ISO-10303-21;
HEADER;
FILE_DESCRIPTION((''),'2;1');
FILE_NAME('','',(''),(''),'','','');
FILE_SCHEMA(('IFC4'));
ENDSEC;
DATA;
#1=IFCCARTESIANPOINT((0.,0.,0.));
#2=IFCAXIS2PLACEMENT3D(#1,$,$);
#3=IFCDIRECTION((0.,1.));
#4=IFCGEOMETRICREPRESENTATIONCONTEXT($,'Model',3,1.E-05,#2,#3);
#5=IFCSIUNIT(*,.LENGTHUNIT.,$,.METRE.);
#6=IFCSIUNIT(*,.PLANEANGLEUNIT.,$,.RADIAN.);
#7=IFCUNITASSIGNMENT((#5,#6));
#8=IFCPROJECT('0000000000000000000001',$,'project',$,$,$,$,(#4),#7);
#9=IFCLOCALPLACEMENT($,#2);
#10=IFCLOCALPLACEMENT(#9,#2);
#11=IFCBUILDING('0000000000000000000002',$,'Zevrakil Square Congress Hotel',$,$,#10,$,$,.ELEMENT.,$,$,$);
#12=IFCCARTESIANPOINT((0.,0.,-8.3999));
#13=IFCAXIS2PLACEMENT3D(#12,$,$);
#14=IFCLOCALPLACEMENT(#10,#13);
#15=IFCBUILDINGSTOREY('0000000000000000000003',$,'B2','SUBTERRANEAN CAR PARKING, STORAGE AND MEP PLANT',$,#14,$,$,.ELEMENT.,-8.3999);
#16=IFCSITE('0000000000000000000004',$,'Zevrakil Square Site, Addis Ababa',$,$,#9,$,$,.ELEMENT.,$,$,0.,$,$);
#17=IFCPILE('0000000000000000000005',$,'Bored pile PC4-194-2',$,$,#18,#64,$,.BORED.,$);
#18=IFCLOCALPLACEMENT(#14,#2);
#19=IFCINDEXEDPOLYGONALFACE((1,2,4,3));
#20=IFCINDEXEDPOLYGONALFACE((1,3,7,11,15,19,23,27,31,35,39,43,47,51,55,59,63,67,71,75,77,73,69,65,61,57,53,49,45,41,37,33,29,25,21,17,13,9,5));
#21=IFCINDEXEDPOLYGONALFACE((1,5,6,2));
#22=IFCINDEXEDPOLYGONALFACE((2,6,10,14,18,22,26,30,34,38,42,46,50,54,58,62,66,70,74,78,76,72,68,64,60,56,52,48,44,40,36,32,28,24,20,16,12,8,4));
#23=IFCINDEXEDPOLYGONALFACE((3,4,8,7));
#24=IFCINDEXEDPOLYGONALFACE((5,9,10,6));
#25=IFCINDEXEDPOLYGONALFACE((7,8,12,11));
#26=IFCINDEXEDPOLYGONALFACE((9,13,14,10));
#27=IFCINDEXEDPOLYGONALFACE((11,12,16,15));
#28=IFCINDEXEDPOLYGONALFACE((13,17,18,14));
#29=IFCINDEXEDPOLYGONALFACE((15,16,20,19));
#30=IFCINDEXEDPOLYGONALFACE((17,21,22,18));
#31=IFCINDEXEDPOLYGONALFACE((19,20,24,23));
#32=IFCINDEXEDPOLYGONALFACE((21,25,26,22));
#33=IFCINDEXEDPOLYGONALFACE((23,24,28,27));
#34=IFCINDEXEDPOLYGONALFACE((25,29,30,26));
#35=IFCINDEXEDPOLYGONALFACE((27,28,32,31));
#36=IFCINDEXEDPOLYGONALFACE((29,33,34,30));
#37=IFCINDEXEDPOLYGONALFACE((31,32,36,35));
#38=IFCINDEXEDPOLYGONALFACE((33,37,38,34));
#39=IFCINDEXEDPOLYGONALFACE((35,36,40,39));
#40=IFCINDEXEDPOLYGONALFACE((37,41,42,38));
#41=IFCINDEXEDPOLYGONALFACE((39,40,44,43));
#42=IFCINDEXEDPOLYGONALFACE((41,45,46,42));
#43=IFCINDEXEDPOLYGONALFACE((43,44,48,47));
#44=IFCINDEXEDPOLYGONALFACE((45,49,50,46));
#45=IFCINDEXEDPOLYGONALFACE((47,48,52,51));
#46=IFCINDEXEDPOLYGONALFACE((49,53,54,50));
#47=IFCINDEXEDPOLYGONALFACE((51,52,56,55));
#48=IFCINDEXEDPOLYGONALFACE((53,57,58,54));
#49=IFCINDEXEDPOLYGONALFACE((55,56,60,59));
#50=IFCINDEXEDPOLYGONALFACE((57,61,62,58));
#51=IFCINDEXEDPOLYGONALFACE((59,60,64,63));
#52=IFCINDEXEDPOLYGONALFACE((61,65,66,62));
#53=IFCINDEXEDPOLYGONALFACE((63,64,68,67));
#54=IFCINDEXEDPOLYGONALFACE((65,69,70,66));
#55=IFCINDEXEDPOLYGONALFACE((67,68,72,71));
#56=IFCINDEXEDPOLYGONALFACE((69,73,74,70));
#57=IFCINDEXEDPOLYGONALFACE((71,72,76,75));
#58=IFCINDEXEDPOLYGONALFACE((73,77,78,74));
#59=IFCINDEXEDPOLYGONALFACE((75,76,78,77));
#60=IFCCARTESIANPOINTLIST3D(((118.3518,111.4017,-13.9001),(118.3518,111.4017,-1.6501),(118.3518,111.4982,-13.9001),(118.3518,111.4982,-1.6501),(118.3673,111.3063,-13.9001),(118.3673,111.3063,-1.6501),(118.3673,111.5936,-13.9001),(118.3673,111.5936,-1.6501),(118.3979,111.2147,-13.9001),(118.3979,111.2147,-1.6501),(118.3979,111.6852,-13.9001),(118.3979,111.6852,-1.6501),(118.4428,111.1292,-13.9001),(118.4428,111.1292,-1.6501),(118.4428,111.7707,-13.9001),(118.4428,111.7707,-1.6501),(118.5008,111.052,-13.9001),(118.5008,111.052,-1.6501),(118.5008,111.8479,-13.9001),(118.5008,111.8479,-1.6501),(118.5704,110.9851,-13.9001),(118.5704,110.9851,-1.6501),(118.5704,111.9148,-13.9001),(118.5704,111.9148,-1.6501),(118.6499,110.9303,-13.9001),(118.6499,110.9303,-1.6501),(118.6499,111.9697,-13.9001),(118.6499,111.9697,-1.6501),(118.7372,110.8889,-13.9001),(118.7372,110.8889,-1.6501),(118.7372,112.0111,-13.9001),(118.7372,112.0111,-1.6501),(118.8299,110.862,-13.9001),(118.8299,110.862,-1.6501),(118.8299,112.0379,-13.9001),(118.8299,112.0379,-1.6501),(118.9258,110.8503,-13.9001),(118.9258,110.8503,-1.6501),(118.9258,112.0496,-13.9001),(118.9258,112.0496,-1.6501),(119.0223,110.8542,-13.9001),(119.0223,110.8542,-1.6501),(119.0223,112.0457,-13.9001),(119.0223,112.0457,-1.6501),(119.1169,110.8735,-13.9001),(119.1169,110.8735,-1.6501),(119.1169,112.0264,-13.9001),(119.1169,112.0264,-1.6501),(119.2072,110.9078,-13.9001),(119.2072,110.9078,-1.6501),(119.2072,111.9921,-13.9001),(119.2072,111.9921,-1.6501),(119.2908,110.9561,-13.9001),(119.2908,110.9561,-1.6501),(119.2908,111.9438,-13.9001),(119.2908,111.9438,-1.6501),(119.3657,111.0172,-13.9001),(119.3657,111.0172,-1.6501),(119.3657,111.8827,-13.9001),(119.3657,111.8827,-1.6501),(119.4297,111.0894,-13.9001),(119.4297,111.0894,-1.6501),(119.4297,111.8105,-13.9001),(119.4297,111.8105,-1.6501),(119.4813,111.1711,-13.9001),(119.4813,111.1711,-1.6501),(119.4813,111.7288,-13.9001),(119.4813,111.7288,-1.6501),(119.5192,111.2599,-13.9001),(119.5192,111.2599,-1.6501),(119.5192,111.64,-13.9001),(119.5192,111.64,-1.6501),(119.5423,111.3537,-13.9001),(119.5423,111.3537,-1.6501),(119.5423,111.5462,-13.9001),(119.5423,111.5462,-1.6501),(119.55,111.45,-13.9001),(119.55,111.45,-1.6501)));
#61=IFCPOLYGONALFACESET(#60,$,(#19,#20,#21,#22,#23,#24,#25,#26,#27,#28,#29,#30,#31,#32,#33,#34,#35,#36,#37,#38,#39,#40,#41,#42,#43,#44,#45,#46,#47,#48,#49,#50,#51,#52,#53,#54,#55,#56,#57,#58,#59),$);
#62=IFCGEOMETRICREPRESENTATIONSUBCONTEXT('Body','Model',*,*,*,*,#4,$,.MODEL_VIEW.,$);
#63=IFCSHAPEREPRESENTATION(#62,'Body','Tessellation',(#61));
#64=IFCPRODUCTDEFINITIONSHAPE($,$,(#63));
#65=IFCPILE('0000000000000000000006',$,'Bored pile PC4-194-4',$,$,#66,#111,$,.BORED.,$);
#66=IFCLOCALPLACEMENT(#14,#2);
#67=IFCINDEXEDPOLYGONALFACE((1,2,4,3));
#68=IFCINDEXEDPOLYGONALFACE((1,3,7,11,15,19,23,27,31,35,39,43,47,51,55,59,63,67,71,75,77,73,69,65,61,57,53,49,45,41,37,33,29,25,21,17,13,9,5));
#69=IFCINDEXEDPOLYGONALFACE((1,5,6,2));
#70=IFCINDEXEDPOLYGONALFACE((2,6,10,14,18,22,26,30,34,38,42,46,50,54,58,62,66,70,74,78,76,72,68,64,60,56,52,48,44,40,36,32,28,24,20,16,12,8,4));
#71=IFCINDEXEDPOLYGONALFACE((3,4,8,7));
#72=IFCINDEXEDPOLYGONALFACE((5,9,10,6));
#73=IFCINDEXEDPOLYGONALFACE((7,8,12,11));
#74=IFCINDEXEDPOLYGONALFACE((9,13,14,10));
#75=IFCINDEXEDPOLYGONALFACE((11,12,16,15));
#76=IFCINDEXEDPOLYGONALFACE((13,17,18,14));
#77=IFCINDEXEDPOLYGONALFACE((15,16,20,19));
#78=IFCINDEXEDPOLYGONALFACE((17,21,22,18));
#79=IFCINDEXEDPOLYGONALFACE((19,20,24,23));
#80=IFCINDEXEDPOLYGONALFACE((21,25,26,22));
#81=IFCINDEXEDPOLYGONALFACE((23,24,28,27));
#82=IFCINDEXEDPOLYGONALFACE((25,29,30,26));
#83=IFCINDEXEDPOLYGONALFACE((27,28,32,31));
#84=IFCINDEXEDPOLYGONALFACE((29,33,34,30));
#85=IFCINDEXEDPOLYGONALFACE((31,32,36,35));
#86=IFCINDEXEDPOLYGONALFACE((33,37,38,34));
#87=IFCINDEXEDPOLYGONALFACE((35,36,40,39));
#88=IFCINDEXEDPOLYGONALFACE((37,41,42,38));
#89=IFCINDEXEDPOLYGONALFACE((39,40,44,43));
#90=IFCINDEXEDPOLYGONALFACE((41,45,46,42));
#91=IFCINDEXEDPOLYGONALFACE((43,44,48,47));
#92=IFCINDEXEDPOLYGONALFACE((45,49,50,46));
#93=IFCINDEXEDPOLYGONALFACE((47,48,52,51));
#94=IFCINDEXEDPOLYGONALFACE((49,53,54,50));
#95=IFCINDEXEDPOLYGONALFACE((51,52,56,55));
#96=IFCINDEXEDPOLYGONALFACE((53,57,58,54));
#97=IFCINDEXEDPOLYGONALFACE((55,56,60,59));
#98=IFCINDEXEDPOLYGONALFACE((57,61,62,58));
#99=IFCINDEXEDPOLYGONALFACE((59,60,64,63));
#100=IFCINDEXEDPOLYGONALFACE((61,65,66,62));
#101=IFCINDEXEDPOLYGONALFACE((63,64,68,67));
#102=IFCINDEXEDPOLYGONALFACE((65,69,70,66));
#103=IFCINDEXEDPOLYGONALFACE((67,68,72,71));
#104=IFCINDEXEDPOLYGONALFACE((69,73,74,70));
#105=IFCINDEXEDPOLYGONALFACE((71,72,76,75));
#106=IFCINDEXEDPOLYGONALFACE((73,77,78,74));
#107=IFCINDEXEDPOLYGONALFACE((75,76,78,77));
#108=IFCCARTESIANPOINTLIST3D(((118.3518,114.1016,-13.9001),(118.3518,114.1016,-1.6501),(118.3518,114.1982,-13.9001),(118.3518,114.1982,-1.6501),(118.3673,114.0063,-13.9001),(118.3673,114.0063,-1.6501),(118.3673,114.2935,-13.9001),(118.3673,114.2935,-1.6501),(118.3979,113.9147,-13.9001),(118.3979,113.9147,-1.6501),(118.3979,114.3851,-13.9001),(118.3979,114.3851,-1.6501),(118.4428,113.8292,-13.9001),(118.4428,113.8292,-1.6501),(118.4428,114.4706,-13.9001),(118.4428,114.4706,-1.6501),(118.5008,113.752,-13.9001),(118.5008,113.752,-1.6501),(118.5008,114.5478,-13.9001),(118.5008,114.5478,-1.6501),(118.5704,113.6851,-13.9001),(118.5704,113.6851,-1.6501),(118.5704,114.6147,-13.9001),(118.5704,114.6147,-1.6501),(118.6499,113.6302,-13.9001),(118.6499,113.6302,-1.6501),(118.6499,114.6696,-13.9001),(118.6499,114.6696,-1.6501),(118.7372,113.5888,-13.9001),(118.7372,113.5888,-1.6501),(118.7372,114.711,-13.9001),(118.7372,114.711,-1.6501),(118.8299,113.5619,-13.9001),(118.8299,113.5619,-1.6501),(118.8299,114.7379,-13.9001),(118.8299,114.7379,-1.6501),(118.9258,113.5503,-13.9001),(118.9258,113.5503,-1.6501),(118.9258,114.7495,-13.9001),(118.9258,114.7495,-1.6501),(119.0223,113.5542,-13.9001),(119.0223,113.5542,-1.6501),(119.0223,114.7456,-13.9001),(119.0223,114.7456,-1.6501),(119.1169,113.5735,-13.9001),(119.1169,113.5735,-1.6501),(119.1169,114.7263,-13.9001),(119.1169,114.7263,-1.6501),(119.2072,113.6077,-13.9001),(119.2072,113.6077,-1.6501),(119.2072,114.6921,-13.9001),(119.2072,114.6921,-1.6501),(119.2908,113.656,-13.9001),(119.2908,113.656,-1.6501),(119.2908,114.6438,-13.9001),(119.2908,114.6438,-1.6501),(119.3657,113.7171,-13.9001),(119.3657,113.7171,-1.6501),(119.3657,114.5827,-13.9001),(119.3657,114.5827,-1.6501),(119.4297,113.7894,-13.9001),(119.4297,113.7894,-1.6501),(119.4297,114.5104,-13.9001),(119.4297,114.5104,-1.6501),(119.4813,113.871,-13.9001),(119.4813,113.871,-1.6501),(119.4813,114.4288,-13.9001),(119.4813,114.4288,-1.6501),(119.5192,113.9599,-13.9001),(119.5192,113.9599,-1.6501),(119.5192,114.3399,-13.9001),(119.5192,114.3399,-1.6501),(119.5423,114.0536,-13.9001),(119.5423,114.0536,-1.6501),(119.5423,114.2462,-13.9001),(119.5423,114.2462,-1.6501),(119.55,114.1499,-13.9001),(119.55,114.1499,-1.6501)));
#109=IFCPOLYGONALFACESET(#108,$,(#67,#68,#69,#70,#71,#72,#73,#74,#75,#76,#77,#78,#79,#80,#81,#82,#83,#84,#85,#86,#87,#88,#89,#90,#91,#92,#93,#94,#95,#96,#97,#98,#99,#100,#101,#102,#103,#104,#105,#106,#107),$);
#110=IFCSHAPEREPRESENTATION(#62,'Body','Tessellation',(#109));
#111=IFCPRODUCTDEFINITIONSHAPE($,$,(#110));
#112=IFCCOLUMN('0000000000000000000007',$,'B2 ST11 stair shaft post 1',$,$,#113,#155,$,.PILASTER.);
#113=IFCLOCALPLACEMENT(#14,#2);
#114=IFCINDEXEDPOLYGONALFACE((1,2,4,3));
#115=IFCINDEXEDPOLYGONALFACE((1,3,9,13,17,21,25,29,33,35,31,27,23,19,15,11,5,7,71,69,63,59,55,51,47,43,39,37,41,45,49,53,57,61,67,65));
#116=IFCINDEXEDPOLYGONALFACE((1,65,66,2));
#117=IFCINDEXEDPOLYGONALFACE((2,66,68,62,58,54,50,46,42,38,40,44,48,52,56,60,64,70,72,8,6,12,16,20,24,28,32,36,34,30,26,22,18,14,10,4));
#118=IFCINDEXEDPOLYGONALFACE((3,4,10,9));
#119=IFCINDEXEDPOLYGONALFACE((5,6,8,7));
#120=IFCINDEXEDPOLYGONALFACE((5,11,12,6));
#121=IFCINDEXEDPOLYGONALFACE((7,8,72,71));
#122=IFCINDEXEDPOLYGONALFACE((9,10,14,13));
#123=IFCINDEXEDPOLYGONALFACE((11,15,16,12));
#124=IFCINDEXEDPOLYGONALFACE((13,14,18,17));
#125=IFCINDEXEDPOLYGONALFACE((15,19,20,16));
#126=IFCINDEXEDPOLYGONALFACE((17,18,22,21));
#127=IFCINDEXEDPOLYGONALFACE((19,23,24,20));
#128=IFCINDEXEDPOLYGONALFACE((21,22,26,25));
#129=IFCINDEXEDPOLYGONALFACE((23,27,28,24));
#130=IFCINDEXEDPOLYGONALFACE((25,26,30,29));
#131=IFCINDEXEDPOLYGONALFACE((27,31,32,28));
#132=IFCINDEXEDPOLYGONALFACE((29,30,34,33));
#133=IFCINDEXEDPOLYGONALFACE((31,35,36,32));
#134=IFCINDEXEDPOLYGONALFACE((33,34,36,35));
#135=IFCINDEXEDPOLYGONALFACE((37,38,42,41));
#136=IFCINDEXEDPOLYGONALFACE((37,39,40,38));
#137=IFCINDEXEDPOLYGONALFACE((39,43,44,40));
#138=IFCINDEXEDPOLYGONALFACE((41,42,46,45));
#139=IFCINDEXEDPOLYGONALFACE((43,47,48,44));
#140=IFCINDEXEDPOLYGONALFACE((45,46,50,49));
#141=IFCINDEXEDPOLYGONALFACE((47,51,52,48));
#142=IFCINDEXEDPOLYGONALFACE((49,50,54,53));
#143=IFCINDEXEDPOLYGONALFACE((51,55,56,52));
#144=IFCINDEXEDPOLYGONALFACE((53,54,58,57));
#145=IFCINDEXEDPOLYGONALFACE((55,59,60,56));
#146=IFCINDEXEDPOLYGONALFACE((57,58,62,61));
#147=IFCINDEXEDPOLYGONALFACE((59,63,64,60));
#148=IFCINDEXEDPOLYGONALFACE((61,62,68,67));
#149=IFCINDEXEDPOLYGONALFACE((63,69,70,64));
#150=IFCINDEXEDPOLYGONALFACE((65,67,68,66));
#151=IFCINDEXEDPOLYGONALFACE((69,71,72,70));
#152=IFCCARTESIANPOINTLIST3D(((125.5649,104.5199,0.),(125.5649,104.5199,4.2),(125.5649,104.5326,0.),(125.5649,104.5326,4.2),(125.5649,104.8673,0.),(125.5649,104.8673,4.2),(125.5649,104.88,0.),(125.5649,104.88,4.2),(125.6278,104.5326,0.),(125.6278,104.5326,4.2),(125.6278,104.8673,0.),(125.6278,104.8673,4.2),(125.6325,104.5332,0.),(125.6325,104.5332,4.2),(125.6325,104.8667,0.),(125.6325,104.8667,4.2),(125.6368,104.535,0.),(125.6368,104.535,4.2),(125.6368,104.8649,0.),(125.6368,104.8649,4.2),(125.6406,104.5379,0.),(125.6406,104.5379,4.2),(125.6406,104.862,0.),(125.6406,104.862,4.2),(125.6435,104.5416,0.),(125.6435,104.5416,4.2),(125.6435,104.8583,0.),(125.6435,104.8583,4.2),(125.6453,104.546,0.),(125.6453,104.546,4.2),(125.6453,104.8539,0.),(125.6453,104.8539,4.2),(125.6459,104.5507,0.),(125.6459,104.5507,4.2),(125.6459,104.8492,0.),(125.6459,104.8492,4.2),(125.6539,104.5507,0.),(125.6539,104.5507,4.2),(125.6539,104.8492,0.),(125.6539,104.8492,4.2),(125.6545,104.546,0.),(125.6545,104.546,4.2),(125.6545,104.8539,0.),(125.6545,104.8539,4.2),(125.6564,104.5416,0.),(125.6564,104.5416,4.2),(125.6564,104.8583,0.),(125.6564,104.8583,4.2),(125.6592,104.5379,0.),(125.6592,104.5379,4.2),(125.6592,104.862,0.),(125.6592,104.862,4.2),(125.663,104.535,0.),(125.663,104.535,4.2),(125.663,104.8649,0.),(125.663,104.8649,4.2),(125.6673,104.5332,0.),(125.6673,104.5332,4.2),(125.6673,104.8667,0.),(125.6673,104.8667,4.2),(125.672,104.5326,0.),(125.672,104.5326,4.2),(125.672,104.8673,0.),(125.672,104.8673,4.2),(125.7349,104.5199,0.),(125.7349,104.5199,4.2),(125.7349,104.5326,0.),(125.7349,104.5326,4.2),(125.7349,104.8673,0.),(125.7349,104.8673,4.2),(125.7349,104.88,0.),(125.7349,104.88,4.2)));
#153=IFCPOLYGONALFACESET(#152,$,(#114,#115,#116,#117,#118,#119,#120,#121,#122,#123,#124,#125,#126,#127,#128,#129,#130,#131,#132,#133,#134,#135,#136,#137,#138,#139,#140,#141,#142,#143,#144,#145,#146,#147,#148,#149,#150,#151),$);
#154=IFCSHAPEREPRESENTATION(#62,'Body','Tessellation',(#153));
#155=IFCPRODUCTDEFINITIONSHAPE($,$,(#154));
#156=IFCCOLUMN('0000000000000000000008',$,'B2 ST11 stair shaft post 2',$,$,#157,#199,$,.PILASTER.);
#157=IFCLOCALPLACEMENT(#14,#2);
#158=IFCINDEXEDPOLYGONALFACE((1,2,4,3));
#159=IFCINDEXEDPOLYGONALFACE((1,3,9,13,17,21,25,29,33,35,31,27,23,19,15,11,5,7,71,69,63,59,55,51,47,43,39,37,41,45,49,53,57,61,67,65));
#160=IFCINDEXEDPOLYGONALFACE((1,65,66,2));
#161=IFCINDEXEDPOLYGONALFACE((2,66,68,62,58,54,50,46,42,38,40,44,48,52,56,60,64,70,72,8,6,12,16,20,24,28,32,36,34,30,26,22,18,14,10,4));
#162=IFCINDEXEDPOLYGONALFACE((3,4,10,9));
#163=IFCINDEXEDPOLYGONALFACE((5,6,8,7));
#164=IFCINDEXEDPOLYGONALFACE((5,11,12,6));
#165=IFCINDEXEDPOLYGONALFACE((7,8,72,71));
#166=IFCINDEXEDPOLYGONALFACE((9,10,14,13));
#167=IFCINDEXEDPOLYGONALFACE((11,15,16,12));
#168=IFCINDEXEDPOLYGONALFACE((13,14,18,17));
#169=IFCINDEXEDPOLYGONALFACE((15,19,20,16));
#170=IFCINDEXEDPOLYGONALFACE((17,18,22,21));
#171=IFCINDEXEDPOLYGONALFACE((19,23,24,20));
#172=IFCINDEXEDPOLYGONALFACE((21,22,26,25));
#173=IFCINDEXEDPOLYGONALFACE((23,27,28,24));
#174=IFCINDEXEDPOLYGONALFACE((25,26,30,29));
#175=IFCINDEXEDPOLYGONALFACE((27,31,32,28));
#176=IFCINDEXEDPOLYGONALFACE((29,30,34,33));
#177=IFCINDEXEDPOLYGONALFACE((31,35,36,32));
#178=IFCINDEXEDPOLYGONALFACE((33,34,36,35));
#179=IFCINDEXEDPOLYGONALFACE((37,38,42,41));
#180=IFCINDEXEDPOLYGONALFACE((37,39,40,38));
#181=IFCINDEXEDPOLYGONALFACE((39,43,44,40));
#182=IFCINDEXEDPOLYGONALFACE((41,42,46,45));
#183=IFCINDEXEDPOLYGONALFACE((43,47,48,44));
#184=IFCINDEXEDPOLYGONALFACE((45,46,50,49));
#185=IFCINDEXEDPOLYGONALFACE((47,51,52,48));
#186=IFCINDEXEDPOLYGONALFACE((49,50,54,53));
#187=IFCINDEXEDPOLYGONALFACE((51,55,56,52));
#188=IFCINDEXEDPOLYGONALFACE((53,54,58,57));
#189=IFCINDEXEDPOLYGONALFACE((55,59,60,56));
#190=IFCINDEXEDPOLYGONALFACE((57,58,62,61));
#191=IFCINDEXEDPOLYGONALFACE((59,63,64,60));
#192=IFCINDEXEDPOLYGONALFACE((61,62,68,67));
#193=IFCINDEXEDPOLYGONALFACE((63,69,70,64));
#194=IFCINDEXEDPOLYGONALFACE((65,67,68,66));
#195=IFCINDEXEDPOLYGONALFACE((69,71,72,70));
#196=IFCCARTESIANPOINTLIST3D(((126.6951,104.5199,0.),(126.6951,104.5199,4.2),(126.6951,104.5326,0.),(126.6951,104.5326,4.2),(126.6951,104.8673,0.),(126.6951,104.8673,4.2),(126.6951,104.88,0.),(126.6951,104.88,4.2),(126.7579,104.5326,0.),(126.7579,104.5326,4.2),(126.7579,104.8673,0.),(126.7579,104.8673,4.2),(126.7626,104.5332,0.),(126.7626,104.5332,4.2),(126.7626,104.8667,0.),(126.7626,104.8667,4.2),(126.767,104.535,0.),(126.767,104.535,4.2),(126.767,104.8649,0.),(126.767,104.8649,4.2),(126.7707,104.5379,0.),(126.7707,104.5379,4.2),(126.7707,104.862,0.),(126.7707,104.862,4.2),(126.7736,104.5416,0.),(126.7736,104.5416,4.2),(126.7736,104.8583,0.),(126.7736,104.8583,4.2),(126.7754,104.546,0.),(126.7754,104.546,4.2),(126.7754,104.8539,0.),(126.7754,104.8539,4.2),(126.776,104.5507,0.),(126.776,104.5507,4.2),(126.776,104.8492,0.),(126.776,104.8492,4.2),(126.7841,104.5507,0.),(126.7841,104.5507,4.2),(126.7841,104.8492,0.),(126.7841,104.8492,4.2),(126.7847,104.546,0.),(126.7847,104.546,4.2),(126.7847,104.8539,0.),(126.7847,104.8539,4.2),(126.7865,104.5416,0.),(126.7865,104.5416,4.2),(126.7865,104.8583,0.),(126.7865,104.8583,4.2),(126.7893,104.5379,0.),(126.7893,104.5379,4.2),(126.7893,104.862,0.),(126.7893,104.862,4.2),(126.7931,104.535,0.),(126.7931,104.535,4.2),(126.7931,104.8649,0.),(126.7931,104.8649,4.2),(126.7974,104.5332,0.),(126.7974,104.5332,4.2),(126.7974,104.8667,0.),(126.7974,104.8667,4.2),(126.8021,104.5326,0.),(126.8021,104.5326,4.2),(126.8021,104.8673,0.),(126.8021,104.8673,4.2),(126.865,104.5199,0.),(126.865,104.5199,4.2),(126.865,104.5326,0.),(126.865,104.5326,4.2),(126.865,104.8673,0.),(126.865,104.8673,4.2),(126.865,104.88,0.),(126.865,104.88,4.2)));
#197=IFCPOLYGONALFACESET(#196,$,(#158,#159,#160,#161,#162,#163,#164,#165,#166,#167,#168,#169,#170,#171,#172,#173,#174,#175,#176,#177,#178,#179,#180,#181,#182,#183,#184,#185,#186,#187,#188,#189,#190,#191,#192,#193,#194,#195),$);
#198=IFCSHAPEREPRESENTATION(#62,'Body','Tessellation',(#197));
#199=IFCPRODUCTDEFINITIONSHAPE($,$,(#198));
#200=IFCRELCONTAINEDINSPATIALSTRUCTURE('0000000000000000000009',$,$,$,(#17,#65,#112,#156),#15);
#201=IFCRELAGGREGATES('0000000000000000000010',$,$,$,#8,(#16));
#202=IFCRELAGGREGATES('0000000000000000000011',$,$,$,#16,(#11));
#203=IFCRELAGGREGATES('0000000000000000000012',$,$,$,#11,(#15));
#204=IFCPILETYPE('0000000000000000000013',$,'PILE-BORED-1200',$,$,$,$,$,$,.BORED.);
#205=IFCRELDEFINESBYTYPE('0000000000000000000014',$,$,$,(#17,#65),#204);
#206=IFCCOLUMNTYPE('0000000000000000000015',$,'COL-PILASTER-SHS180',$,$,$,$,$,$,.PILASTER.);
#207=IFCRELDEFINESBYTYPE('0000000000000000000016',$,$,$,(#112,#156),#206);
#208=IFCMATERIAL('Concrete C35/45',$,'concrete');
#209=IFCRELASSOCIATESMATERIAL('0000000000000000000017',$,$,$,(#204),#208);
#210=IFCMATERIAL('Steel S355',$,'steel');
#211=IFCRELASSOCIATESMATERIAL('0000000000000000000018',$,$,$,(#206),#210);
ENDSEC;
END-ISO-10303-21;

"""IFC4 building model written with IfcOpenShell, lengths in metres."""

from ifc_helpers import new_model, si_unit, direction, frame, origin, origin_2d, place, context, subcontext, project, spatial, circle, i_section, extrude, material, material_profile, profile_set, type_object, element, save


model = new_model("IFC4")

# Units and contexts
model_context = context("Model", 3, precision=1e-05, world=origin(), true_north=direction((0.0, 1.0)))
body_context = subcontext(model_context, "Body", "Model", "MODEL_VIEW")
ifc_project = project(units=[si_unit("LENGTHUNIT", "METRE"), si_unit("PLANEANGLEUNIT", "RADIAN")], contexts=[model_context])

# Site, building, storey
site_placement = place(None, origin())
site = spatial("IfcSite", under=ifc_project, at=site_placement, Name="Zevrakil Square Site, Addis Ababa", CompositionType="ELEMENT", RefElevation=0.0)
building_placement = place(site_placement, origin())
building = spatial("IfcBuilding", under=site, at=building_placement, Name="Zevrakil Square Congress Hotel", CompositionType="ELEMENT")
storey_placement = place(building_placement, frame((0.0, 0.0, -8.3999)))
storey = spatial("IfcBuildingStorey", under=building, at=storey_placement, Name="B2", Description="SUBTERRANEAN CAR PARKING, STORAGE AND MEP PLANT", CompositionType="ELEMENT", Elevation=-8.3999)

# Piles
ifc_material_1 = material(Name="Concrete C35/45", Category="concrete")
ifc_material_profile_1 = material_profile(ifc_material_1, circle(Radius=0.6001, at=origin_2d()), Name="PILE D1200")
ifc_profile_set_1 = profile_set([ifc_material_profile_1], Name="Concrete C35/45")
pile_type_1 = type_object("IfcPileType", Name="PILE-BORED-1200", PredefinedType="BORED", material=ifc_profile_set_1)
for number, where, z_axis, x_axis, name in (
    (1, (118.95, 111.45, -1.6501), (0.0, 0.0, -1.0), (1.0, 0.0, 0.0), "Bored pile PC4-194-2"),
    (2, (118.95, 114.1499, -1.6501), (0.0, 0.0, -1.0), (1.0, 0.0, 0.0), "Bored pile PC4-194-4"),
):
    element("IfcPile", number, at=place(storey_placement, frame(where, z_axis=z_axis, x_axis=x_axis)), inside=storey, type_object=pile_type_1, Name=name, PredefinedType="BORED", context=body_context, shape_type="SweptSolid", body=[
        extrude(circle(Radius=0.6001, at=origin_2d()), origin(), (0.0, 0.0, 1.0), 12.25),
    ])

# Columns
ifc_material_2 = material(Name="Steel S355", Category="steel")
ifc_material_profile_2 = material_profile(ifc_material_2, i_section(OverallWidth=0.1699, OverallDepth=0.3601, WebThickness=0.0081, FlangeThickness=0.0127, FilletRadius=0.0181, at=origin_2d()), Name="IPE 360")
ifc_profile_set_2 = profile_set([ifc_material_profile_2], Name="Steel S355")
column_type_1 = type_object("IfcColumnType", Name="COL-PILASTER-SHS180", PredefinedType="PILASTER", material=ifc_profile_set_2)
for number, where, z_axis, x_axis, name in (
    (3, (125.6499, 104.7, 0.0), (0.0, 0.0, 1.0), (1.0, 0.0, 0.0), "B2 ST11 stair shaft post 1"),
    (4, (126.78, 104.7, 0.0), (0.0, 0.0, 1.0), (1.0, 0.0, 0.0), "B2 ST11 stair shaft post 2"),
):
    element("IfcColumn", number, at=place(storey_placement, frame(where, z_axis=z_axis, x_axis=x_axis)), inside=storey, type_object=column_type_1, Name=name, PredefinedType="PILASTER", context=body_context, shape_type="SweptSolid", body=[
        extrude(i_section(OverallWidth=0.1699, OverallDepth=0.3601, WebThickness=0.0081, FlangeThickness=0.0127, FilletRadius=0.0181, at=origin_2d()), origin(), (0.0, 0.0, 1.0), 4.2),
    ])

save(model, "model.ifc")
